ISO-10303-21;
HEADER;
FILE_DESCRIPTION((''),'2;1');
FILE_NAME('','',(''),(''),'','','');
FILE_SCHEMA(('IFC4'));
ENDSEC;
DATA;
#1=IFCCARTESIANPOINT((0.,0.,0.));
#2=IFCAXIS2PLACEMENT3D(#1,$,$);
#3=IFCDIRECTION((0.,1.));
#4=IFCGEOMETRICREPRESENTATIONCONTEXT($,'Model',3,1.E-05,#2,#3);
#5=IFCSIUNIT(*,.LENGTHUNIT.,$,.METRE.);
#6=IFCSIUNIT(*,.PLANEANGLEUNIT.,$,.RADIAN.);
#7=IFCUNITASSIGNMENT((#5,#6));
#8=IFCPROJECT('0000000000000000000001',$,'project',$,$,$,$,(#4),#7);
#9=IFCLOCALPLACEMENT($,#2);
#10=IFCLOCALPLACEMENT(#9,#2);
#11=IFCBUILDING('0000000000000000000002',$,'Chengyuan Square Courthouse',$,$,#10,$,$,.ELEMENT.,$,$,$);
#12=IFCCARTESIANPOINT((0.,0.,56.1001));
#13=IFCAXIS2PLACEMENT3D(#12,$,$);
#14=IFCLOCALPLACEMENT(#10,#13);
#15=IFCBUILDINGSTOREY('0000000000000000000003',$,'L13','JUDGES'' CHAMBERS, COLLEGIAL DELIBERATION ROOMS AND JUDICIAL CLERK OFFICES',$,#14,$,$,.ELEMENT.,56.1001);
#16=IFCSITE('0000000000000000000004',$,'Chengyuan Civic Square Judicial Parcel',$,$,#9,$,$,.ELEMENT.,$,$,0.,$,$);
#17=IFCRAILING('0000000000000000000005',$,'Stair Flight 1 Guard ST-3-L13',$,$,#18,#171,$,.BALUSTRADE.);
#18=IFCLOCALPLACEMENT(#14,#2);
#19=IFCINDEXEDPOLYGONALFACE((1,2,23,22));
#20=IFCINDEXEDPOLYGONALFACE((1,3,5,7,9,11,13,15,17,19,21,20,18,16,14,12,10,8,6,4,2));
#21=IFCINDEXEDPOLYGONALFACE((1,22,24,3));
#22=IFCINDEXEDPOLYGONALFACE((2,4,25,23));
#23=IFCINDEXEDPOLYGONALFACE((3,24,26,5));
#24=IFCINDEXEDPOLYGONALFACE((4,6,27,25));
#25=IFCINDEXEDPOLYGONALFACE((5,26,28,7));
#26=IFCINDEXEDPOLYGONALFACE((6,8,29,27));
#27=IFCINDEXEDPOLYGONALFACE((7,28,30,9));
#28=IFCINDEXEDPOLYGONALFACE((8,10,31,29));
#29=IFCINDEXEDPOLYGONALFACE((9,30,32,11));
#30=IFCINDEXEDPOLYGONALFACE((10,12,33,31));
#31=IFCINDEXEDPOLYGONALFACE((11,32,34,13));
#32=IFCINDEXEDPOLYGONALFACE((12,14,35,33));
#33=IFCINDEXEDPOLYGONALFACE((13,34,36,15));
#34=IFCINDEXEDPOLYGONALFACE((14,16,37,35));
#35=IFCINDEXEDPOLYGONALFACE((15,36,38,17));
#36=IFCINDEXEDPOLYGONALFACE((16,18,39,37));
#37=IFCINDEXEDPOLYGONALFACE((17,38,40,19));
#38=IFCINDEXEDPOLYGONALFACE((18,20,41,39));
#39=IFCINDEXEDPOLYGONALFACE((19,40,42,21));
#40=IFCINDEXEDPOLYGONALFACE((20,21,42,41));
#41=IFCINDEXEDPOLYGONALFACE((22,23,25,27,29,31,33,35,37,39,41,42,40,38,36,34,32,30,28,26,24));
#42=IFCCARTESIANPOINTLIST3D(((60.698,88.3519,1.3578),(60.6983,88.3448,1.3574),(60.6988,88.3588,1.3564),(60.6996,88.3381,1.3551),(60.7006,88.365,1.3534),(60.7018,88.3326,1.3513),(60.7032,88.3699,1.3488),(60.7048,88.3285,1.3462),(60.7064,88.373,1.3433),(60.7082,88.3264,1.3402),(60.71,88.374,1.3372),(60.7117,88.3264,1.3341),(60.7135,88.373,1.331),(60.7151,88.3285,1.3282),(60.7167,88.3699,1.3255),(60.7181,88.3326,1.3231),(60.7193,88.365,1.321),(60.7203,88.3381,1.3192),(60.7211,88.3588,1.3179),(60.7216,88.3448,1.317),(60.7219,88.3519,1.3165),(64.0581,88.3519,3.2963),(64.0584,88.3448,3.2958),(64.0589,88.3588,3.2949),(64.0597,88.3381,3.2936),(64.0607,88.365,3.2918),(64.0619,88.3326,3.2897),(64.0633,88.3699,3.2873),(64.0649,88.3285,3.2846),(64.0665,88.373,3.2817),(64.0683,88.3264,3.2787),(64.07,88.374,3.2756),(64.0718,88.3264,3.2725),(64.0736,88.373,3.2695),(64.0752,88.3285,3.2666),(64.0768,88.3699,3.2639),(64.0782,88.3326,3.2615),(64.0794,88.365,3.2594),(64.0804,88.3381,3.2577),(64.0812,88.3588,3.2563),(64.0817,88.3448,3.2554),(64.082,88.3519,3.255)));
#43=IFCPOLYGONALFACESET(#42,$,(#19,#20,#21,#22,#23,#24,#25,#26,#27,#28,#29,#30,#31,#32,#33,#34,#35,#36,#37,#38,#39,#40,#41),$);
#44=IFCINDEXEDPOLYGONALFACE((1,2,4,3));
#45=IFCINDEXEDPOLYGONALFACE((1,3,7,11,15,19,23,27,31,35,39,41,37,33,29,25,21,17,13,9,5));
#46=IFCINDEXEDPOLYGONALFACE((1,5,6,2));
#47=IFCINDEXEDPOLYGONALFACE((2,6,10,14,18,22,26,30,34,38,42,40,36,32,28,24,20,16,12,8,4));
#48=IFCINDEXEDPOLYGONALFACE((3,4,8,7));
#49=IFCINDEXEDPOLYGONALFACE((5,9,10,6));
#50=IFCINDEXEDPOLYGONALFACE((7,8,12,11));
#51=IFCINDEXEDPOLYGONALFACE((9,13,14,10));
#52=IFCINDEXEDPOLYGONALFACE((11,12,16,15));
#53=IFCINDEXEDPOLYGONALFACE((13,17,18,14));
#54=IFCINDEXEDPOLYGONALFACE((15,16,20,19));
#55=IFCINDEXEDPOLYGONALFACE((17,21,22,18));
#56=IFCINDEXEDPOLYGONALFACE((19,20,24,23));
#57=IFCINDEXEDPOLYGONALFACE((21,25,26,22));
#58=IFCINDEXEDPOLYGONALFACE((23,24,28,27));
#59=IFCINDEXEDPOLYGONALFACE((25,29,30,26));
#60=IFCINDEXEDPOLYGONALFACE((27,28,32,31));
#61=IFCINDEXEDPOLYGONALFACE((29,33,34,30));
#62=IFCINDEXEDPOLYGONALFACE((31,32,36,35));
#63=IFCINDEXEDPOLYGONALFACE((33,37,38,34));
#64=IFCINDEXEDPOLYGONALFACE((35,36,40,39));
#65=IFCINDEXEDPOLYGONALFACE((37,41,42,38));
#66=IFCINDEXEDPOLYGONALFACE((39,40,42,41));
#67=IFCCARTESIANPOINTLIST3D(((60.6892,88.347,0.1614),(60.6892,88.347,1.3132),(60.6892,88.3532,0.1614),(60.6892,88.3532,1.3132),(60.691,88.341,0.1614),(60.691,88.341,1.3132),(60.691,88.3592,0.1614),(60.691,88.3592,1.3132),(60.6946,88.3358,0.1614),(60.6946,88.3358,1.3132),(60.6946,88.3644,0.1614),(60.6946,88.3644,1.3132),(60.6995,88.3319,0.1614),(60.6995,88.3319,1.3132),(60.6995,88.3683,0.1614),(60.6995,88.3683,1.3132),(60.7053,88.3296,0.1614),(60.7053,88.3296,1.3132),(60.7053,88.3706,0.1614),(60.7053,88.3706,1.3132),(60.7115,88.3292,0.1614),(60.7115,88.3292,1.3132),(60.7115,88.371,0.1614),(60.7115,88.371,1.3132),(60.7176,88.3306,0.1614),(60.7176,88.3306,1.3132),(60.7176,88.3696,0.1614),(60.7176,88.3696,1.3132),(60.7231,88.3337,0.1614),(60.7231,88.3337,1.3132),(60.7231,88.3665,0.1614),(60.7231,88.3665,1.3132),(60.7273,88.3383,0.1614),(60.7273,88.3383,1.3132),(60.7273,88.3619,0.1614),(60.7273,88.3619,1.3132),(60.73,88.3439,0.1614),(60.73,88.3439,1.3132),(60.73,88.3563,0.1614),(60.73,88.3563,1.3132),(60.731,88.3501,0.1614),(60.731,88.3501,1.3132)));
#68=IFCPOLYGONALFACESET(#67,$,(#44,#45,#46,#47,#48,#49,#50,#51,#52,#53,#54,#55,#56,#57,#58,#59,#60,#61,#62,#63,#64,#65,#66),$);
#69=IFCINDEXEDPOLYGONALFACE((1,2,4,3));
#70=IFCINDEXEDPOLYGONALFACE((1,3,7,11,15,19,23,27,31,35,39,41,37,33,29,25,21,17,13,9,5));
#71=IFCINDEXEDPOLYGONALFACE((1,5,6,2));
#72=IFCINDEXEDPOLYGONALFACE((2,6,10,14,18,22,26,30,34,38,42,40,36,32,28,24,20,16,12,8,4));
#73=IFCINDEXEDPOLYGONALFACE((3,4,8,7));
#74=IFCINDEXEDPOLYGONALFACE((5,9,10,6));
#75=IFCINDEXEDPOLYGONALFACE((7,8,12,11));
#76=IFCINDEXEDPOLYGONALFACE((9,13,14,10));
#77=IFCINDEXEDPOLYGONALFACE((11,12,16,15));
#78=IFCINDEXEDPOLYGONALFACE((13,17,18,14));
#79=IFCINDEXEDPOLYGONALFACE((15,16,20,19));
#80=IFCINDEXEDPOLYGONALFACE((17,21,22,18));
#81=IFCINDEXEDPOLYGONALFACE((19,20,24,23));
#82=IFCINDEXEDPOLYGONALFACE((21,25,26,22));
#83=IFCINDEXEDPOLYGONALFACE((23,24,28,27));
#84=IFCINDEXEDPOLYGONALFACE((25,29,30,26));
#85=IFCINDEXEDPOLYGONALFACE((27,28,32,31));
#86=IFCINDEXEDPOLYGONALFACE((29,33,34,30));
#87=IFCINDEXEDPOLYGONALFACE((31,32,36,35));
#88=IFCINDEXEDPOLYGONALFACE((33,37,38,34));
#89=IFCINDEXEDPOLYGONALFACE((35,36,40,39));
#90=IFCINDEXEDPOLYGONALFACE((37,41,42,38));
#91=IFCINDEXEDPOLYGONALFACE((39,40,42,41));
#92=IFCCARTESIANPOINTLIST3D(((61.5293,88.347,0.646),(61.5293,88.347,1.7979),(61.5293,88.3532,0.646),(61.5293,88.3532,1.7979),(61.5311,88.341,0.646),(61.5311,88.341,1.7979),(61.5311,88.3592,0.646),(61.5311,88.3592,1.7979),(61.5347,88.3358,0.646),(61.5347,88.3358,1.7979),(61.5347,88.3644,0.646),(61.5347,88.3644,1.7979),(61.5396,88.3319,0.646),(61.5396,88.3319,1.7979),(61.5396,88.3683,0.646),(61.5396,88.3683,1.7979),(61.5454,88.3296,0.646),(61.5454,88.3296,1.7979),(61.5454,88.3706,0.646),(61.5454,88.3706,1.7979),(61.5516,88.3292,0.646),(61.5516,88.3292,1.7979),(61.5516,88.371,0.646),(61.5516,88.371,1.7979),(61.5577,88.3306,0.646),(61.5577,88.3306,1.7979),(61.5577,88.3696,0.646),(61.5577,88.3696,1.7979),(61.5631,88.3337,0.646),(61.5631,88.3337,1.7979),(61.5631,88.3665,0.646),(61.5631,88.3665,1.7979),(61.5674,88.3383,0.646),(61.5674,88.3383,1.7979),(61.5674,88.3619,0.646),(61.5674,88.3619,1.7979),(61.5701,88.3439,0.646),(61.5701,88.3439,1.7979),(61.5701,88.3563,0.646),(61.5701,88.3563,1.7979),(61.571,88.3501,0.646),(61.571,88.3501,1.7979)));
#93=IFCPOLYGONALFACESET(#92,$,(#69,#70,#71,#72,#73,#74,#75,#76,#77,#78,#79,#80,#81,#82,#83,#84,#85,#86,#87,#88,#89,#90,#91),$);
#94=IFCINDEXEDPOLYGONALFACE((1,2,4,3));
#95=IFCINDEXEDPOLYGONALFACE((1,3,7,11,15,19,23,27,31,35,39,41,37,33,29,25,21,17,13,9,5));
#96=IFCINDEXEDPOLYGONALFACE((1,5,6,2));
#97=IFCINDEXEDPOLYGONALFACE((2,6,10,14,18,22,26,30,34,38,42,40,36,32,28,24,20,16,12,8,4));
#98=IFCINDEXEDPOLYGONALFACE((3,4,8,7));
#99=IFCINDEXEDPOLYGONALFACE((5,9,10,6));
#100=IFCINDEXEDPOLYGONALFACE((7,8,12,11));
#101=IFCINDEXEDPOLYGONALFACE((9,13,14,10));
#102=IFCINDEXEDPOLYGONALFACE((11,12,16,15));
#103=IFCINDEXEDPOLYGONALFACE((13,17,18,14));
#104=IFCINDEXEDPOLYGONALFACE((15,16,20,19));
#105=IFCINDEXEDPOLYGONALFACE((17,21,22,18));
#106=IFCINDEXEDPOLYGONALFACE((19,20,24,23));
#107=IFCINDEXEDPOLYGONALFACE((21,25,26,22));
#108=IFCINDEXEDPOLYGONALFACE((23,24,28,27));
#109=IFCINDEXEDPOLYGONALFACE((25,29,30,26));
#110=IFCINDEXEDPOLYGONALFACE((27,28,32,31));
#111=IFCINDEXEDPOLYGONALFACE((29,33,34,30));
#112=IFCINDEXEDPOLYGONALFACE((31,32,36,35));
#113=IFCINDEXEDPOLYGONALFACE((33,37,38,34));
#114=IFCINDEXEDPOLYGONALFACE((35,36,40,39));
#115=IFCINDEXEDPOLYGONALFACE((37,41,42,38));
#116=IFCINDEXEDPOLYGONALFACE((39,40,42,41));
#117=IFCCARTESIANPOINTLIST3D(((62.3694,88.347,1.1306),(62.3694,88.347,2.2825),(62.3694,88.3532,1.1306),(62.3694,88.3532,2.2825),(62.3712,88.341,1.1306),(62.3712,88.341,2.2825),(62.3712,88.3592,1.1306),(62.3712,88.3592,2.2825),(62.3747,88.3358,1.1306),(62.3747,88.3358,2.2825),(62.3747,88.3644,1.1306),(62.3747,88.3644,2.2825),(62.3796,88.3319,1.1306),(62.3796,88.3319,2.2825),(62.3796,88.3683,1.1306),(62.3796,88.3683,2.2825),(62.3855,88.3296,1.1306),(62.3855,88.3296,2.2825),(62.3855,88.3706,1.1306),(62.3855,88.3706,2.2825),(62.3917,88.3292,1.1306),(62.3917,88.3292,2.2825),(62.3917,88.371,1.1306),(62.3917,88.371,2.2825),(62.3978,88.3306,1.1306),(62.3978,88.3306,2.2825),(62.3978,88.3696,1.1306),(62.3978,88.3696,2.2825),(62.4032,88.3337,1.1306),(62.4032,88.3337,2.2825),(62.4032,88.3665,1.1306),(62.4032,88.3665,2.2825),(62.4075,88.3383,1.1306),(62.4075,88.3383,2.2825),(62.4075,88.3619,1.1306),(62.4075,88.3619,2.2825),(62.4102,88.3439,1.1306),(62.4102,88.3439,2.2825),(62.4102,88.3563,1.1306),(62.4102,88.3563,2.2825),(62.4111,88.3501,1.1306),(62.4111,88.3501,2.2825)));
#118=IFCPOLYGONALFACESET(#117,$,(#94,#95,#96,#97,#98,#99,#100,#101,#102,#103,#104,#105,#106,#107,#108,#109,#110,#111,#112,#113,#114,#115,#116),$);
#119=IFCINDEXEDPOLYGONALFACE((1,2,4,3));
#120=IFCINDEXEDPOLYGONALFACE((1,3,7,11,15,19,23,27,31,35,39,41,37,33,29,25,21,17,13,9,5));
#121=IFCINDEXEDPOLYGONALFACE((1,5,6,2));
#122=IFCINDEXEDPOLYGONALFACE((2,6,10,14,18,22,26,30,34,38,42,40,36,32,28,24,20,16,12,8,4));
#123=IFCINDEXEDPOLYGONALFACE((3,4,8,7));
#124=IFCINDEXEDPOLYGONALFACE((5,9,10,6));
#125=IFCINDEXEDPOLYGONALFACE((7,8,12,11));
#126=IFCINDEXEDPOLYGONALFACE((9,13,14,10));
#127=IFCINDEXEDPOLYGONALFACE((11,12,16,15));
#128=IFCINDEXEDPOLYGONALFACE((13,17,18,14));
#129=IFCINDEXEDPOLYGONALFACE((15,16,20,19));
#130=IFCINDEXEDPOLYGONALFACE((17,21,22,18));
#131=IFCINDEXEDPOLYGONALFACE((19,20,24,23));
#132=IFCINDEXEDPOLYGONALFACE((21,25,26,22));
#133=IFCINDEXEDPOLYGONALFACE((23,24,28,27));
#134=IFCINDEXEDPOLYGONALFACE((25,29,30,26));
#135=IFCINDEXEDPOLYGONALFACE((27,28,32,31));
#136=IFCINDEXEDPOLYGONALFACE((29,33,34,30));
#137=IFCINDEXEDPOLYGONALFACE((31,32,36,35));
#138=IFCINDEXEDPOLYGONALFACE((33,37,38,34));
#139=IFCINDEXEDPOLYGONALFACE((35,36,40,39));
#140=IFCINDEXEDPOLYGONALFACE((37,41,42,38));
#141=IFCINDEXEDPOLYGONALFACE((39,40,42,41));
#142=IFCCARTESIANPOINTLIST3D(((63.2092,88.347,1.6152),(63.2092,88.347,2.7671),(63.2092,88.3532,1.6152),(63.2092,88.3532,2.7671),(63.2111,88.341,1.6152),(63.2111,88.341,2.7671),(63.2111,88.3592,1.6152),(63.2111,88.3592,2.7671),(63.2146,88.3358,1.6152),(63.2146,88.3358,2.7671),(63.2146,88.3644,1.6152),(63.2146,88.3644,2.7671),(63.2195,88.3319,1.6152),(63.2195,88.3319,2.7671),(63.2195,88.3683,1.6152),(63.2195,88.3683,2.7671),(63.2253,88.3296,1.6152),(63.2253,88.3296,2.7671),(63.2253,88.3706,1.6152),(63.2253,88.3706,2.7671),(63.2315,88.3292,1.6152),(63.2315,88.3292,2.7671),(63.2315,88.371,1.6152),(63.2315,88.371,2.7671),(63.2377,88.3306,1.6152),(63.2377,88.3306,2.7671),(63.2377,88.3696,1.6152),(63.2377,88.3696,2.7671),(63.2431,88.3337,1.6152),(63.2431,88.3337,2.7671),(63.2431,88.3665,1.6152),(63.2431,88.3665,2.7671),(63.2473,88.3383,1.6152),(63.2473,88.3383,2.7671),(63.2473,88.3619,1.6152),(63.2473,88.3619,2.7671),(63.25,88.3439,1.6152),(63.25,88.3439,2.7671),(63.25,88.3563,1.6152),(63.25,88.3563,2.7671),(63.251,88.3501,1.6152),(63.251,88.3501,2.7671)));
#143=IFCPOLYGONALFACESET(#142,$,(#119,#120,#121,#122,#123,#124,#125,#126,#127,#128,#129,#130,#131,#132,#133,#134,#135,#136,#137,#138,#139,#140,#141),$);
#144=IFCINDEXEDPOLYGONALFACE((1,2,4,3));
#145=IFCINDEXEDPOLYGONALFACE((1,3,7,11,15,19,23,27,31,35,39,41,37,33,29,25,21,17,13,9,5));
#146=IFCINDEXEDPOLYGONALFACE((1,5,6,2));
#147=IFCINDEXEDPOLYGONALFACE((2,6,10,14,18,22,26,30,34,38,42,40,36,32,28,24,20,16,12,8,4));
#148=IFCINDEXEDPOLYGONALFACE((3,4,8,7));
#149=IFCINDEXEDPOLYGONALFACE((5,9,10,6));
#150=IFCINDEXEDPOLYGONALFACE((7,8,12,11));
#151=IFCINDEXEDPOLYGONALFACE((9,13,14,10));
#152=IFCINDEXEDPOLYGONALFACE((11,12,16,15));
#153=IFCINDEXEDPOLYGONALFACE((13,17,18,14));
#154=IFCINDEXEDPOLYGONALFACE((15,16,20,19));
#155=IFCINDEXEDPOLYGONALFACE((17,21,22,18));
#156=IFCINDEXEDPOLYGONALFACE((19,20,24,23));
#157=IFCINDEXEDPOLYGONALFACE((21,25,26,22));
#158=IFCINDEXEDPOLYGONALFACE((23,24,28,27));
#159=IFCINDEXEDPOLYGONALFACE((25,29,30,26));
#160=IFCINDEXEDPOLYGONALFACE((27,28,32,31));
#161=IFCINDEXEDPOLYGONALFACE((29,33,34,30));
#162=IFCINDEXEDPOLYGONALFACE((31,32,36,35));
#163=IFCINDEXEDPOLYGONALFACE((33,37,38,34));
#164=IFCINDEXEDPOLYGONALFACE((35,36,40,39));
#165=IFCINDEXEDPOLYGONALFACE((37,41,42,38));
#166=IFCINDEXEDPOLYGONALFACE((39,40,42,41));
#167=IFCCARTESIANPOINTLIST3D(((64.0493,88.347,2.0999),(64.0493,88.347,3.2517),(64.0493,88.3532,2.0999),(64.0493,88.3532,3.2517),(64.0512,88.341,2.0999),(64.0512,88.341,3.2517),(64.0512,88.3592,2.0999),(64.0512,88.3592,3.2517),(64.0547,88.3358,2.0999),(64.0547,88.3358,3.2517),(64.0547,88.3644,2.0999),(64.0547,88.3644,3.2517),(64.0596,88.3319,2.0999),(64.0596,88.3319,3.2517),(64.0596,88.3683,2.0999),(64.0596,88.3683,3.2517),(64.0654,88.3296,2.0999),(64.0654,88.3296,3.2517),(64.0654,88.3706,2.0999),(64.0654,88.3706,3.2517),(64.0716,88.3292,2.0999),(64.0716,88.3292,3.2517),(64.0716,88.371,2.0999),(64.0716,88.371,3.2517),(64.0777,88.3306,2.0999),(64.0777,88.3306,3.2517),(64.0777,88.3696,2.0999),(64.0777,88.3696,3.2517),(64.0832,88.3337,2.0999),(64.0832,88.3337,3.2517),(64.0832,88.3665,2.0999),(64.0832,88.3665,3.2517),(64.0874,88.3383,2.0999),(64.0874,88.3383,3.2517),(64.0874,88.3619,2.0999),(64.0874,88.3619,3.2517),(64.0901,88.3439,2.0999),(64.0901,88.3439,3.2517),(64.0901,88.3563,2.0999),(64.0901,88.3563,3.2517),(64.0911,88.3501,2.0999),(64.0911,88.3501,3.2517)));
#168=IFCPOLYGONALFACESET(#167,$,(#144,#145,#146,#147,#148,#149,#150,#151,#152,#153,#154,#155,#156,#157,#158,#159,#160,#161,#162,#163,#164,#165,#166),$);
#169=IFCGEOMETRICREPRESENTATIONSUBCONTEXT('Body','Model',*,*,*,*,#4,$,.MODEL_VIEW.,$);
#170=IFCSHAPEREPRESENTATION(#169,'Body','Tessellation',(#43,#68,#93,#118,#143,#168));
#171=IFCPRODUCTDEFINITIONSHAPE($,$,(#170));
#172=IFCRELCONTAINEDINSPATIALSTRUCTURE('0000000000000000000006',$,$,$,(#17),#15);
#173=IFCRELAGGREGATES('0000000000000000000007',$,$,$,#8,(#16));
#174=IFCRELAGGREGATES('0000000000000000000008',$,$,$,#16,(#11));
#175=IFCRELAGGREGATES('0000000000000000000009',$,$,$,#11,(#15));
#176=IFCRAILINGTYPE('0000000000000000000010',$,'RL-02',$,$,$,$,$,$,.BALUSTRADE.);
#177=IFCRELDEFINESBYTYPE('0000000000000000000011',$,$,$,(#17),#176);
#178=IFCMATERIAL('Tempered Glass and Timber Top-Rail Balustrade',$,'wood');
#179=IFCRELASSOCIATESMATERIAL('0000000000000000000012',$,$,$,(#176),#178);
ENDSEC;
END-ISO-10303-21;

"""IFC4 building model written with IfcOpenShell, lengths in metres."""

from ifc_helpers import new_model, si_unit, direction, frame, origin, origin_2d, place, context, subcontext, project, spatial, circle, extrude, material, type_object, element, save


model = new_model("IFC4")

# Units and contexts
model_context = context("Model", 3, precision=1e-05, world=origin(), true_north=direction((0.0, 1.0)))
body_context = subcontext(model_context, "Body", "Model", "MODEL_VIEW")
ifc_project = project(units=[si_unit("LENGTHUNIT", "METRE"), si_unit("PLANEANGLEUNIT", "RADIAN")], contexts=[model_context])

# Site, building, storey
site_placement = place(None, origin())
site = spatial("IfcSite", under=ifc_project, at=site_placement, Name="Chengyuan Civic Square Judicial Parcel", CompositionType="ELEMENT", RefElevation=0.0)
building_placement = place(site_placement, origin())
building = spatial("IfcBuilding", under=site, at=building_placement, Name="Chengyuan Square Courthouse", CompositionType="ELEMENT")
storey_placement = place(building_placement, frame((0.0, 0.0, 56.1001)))
storey = spatial("IfcBuildingStorey", under=building, at=storey_placement, Name="L13", Description="JUDGES' CHAMBERS, COLLEGIAL DELIBERATION ROOMS AND JUDICIAL CLERK OFFICES", CompositionType="ELEMENT", Elevation=56.1001)

# Railing
ifc_material_1 = material(Name="Tempered Glass and Timber Top-Rail Balustrade", Category="wood")
railing_type_1 = type_object("IfcRailingType", Name="RL-02", PredefinedType="BALUSTRADE", material=ifc_material_1)
railing_1_placement = place(storey_placement, frame((60.71, 88.3501, 0.1614)))
element("IfcRailing", 1, at=railing_1_placement, inside=storey, type_object=railing_type_1, Name="Stair Flight 1 Guard ST-3-L13", PredefinedType="BALUSTRADE", context=body_context, shape_type="SweptSolid", body=[
    extrude(circle(Radius=0.0239, at=origin_2d()), frame((0.0, 0.0, 1.1758), z_axis=(0.866191, 0.0, 0.499713), x_axis=(0.0, 1.0, 0.0)), (0.0, 0.0, 1.0), 3.8792),
    extrude(circle(Radius=0.021, at=origin_2d()), origin(), (0.0, 0.0, 1.0), 1.1519),
    extrude(circle(Radius=0.021, at=origin_2d()), frame((0.8401, 0.0, 0.4846)), (0.0, 0.0, 1.0), 1.1519),
    extrude(circle(Radius=0.021, at=origin_2d()), frame((1.6802, 0.0, 0.9692)), (0.0, 0.0, 1.0), 1.1519),
    extrude(circle(Radius=0.021, at=origin_2d()), frame((2.52, 0.0, 1.4539)), (0.0, 0.0, 1.0), 1.1519),
    extrude(circle(Radius=0.021, at=origin_2d()), frame((3.3601, 0.0, 1.9385)), (0.0, 0.0, 1.0), 1.1519),
])

save(model, "model.ifc")
